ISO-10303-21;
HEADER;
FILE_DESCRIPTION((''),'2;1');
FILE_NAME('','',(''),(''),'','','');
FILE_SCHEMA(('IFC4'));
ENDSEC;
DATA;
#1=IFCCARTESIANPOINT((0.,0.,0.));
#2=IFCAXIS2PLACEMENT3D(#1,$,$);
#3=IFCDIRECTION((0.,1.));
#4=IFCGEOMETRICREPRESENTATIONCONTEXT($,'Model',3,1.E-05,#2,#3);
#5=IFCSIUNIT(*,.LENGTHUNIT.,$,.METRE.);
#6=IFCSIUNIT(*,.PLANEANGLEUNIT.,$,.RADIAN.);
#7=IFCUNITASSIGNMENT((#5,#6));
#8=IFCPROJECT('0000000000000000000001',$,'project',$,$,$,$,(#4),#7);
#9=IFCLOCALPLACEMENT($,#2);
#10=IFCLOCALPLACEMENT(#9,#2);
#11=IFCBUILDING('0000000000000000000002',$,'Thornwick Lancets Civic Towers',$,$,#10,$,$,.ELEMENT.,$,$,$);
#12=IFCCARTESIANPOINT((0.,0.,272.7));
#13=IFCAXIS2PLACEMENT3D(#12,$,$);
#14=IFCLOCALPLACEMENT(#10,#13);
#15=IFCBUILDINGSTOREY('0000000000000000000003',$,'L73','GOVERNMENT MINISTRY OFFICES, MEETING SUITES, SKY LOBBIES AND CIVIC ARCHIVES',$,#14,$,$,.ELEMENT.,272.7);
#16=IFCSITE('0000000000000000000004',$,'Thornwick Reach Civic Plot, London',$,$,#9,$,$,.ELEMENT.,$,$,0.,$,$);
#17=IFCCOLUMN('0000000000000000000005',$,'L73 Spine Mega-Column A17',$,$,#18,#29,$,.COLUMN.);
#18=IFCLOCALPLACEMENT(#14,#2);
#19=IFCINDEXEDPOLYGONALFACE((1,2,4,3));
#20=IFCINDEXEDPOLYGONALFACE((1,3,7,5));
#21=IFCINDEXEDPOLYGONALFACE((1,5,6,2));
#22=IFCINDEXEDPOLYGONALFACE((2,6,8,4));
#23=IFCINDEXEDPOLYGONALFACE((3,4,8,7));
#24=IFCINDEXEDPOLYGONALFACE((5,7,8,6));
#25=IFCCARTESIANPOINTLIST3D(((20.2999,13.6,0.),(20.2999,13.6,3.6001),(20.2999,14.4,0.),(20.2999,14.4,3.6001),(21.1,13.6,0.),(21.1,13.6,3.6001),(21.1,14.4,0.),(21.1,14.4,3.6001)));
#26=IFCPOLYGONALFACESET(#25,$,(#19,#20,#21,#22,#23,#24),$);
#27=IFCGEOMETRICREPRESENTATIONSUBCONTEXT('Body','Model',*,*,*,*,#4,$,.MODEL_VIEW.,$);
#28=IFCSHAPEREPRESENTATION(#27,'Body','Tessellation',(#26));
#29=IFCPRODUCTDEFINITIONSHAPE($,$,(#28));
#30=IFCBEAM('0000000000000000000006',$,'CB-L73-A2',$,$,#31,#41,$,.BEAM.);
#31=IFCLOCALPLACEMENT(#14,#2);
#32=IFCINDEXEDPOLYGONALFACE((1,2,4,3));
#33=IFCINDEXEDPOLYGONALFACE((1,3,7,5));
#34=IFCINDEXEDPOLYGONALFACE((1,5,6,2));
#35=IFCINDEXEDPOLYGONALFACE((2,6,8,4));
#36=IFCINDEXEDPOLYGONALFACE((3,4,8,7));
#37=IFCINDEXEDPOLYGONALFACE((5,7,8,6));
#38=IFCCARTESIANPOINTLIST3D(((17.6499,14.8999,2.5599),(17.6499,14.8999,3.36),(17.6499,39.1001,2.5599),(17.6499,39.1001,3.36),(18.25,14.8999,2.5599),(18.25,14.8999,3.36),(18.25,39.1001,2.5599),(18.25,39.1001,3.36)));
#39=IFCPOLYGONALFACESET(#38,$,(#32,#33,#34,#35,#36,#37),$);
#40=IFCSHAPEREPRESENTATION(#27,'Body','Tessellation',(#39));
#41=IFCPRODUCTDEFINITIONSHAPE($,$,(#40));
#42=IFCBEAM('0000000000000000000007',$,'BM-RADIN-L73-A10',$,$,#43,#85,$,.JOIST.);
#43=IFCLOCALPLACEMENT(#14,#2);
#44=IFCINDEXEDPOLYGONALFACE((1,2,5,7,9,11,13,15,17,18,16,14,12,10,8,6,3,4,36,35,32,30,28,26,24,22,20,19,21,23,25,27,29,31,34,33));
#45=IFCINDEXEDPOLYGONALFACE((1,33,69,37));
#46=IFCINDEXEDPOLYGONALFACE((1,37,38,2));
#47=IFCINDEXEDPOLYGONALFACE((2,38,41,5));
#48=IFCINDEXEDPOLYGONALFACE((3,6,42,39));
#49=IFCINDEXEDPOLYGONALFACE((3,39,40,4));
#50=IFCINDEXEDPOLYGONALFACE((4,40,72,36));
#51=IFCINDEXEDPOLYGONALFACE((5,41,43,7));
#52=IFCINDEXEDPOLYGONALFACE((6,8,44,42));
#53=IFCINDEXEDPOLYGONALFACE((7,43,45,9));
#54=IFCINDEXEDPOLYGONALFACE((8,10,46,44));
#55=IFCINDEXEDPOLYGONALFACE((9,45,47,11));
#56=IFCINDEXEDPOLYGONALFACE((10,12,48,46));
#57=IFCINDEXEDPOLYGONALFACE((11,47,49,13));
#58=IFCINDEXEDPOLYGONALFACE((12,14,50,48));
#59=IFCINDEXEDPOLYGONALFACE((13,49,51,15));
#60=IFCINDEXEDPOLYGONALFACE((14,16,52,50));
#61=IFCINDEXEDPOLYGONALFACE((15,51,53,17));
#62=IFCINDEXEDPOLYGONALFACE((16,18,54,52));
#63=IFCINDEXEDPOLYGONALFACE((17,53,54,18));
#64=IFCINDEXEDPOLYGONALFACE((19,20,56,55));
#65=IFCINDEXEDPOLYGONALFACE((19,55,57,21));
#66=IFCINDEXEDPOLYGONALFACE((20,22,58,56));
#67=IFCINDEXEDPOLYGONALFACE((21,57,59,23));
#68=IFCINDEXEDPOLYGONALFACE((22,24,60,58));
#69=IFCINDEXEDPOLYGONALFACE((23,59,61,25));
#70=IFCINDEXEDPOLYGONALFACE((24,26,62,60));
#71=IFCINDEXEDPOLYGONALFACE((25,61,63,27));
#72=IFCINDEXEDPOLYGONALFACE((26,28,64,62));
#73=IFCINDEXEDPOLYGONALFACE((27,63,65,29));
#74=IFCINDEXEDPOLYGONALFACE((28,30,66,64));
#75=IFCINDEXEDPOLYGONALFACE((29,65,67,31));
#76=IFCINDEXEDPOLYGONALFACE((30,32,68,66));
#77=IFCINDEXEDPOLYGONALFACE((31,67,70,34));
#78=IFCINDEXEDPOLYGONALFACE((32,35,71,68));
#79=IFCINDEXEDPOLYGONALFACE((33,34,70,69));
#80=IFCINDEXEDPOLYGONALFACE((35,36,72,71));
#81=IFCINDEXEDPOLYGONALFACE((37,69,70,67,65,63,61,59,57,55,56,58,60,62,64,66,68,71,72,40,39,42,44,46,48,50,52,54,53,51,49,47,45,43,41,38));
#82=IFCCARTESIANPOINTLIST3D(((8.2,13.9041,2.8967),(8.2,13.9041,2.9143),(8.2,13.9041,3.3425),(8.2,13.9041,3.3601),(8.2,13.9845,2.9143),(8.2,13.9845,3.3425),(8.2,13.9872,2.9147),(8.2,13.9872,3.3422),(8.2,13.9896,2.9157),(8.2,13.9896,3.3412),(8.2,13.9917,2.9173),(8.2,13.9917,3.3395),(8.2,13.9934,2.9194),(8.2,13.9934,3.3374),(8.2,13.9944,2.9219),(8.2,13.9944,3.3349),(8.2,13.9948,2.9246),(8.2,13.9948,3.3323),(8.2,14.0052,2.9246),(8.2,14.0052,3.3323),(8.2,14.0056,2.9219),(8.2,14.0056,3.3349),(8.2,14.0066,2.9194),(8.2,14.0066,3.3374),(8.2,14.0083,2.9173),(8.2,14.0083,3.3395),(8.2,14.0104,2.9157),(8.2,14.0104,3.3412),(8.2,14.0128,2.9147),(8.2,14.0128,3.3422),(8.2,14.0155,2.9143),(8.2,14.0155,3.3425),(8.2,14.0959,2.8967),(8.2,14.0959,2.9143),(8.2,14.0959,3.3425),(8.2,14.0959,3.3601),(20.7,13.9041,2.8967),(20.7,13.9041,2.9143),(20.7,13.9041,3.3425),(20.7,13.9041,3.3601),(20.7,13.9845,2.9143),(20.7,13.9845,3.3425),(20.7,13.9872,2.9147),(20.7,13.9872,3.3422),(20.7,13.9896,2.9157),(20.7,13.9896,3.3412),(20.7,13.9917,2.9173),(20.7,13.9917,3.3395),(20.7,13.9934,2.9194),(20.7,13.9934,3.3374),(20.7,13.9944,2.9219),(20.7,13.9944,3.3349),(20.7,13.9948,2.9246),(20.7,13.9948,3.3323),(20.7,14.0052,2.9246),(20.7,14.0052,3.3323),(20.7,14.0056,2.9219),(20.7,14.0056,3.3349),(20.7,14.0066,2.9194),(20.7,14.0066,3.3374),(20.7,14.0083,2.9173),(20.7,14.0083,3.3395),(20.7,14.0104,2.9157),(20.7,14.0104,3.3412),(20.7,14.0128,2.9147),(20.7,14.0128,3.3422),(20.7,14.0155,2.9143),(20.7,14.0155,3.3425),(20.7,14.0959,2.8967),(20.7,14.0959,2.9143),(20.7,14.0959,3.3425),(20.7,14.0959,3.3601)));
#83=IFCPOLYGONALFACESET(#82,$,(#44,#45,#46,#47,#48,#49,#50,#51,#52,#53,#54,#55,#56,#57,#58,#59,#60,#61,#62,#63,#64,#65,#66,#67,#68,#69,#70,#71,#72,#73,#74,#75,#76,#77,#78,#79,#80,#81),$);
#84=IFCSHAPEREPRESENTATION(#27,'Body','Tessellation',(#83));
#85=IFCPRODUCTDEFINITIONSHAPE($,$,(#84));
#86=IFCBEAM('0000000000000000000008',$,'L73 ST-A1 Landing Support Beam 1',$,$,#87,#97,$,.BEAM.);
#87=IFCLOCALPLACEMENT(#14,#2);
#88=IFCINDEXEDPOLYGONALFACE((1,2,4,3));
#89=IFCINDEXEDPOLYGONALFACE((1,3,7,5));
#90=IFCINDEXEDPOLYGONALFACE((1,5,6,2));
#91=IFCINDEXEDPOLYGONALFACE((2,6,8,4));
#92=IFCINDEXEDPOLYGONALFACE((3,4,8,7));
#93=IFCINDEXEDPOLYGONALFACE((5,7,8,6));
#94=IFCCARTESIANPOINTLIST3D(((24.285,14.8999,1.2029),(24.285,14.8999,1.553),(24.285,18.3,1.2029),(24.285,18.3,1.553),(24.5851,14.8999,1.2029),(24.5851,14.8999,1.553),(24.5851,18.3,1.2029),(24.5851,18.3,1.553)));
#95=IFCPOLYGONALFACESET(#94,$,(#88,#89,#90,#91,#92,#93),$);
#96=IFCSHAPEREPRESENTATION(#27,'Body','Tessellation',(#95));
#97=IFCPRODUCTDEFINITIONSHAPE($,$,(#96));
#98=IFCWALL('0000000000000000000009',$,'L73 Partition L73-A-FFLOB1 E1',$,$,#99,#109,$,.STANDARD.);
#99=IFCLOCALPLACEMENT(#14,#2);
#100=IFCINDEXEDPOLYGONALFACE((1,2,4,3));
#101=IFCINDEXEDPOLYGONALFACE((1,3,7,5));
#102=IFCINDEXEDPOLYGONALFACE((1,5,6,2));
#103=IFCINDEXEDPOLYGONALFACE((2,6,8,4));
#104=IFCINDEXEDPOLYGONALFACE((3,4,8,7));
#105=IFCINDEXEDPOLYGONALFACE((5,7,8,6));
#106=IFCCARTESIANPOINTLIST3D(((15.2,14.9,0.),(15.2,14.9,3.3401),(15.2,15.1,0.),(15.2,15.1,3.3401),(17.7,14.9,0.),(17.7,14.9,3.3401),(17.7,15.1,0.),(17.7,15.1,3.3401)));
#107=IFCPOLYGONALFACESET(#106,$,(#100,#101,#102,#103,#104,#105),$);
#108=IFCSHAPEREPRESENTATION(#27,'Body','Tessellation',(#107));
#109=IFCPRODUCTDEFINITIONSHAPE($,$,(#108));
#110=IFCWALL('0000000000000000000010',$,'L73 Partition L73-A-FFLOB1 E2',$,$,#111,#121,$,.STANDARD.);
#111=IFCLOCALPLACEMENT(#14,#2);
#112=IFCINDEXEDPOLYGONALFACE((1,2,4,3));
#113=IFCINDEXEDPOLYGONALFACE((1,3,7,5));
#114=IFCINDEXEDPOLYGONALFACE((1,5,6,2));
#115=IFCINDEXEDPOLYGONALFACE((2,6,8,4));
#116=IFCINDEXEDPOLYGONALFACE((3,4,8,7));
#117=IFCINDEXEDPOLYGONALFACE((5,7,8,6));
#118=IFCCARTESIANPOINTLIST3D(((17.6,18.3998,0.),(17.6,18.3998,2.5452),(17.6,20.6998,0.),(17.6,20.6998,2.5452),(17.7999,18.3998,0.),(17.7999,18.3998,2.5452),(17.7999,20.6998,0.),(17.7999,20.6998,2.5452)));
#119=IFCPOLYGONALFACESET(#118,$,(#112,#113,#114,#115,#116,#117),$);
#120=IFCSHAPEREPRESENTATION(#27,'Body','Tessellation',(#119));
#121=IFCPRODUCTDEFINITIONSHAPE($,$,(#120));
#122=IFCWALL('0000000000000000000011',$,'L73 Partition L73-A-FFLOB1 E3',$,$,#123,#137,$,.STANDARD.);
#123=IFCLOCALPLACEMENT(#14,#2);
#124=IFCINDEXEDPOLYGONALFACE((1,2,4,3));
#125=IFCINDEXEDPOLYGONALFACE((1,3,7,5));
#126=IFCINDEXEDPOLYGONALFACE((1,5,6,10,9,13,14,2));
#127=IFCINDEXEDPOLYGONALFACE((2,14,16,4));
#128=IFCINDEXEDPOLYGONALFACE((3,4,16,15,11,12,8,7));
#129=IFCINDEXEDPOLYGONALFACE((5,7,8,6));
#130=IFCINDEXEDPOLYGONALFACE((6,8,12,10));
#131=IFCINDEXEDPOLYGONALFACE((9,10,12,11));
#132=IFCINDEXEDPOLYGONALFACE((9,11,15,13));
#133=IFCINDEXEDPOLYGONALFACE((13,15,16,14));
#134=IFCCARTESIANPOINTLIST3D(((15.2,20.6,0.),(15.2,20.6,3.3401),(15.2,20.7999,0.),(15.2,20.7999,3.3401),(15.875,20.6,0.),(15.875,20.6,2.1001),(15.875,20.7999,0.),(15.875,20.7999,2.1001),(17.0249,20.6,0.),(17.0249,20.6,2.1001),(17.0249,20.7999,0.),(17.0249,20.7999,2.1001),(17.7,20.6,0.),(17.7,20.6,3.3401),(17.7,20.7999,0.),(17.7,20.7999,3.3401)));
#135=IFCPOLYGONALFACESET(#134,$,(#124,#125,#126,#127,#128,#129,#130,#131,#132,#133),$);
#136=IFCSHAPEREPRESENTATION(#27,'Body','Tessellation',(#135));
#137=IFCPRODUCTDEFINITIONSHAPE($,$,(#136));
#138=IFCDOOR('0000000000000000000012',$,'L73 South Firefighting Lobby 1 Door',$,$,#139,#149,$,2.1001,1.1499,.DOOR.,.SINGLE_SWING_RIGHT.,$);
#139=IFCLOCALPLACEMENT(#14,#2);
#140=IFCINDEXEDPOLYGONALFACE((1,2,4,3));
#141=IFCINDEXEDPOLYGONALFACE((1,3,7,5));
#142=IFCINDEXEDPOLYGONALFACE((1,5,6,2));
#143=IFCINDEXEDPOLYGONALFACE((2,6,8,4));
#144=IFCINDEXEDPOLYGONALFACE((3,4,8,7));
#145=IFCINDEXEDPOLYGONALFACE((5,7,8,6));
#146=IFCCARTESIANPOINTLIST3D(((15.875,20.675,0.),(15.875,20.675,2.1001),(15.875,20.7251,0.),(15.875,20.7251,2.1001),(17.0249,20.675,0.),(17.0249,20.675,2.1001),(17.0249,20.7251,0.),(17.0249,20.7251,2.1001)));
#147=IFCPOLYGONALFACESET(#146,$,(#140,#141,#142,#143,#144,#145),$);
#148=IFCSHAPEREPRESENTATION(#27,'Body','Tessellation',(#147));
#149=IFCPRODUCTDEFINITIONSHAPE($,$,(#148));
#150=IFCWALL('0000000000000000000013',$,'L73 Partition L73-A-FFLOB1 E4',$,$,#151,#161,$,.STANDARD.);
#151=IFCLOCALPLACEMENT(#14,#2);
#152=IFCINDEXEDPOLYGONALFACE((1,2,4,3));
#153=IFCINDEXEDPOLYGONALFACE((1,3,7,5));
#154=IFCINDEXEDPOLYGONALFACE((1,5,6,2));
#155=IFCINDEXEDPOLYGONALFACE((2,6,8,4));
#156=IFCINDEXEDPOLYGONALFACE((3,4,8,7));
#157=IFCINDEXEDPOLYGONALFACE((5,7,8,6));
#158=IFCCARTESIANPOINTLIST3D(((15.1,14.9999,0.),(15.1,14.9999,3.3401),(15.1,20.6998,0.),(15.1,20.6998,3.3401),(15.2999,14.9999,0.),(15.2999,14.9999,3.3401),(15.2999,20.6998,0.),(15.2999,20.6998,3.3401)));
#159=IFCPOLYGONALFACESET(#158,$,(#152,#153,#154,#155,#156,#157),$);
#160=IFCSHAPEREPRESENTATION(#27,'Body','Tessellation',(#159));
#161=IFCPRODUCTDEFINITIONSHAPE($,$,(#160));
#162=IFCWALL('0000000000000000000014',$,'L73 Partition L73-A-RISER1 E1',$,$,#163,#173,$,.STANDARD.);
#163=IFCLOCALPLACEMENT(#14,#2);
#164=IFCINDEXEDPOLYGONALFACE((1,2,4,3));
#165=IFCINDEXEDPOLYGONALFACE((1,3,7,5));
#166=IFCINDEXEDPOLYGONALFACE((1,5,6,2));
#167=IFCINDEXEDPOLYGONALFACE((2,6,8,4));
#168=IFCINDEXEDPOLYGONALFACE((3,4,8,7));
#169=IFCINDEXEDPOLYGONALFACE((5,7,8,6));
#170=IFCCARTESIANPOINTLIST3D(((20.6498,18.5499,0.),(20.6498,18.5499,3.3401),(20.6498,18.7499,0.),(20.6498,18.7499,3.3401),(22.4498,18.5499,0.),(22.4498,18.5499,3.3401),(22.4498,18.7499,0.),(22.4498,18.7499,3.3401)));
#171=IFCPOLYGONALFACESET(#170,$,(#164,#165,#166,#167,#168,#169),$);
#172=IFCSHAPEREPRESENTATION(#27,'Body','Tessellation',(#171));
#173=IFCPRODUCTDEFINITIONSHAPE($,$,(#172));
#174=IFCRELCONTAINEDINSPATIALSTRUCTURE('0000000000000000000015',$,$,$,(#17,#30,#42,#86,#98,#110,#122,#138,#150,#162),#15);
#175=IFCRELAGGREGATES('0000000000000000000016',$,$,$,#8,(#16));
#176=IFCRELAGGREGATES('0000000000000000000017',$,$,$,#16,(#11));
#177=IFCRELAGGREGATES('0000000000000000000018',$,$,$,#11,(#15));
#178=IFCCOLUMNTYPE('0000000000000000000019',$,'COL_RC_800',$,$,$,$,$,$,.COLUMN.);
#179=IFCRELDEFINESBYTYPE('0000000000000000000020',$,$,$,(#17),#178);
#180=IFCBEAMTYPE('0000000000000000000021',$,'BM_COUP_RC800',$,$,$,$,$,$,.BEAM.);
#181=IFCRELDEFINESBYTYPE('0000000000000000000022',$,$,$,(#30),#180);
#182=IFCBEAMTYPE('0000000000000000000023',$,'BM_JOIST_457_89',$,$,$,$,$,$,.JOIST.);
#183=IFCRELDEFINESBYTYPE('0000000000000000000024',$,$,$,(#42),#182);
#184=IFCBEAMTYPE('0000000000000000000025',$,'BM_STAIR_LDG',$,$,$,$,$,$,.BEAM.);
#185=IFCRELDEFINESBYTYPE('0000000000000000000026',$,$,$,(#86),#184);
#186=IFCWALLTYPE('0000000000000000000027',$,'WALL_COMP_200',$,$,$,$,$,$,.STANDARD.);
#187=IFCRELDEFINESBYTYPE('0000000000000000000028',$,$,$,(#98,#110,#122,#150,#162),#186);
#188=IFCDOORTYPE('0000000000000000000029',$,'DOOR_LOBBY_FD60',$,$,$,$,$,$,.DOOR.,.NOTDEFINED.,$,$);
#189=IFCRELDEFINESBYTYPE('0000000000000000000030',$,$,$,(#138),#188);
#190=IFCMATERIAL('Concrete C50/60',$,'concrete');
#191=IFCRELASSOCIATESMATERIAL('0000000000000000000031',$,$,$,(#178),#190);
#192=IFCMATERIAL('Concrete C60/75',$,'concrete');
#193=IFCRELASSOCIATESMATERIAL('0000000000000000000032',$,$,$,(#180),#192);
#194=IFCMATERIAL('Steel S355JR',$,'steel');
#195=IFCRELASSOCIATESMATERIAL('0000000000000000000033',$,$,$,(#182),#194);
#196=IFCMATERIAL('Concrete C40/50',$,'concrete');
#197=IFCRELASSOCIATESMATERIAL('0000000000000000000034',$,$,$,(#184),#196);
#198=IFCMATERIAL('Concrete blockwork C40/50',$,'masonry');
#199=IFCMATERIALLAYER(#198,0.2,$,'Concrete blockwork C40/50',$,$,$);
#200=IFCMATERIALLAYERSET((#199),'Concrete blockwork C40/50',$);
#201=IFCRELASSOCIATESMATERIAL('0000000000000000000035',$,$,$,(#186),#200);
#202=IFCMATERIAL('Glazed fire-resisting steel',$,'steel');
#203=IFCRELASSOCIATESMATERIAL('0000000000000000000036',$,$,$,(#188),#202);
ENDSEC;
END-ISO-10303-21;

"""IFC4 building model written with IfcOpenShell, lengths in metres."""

from ifc_helpers import new_model, si_unit, direction, frame, frame_2d, origin, origin_2d, place, context, subcontext, project, spatial, rectangle, i_section, extrude, material, layer, layer_set, material_profile, profile_set, type_object, element, fill, save


model = new_model("IFC4")

# Units and contexts
model_context = context("Model", 3, precision=1e-05, world=origin(), true_north=direction((0.0, 1.0)))
body_context = subcontext(model_context, "Body", "Model", "MODEL_VIEW")
ifc_project = project(units=[si_unit("LENGTHUNIT", "METRE"), si_unit("PLANEANGLEUNIT", "RADIAN")], contexts=[model_context])

# Site, building, storey
site_placement = place(None, origin())
site = spatial("IfcSite", under=ifc_project, at=site_placement, Name="Thornwick Reach Civic Plot, London", CompositionType="ELEMENT", RefElevation=0.0)
building_placement = place(site_placement, origin())
building = spatial("IfcBuilding", under=site, at=building_placement, Name="Thornwick Lancets Civic Towers", CompositionType="ELEMENT")
storey_placement = place(building_placement, frame((0.0, 0.0, 272.7)))
storey = spatial("IfcBuildingStorey", under=building, at=storey_placement, Name="L73", Description="GOVERNMENT MINISTRY OFFICES, MEETING SUITES, SKY LOBBIES AND CIVIC ARCHIVES", CompositionType="ELEMENT", Elevation=272.7)

# Column
ifc_material_1 = material(Name="Concrete C50/60", Category="concrete")
ifc_material_profile_1 = material_profile(ifc_material_1, rectangle(XDim=0.8, YDim=0.8, at=origin_2d()), Name="RC 800x800")
ifc_profile_set_1 = profile_set([ifc_material_profile_1], Name="Concrete C50/60")
column_type = type_object("IfcColumnType", Name="COL_RC_800", PredefinedType="COLUMN", material=ifc_profile_set_1)
column_placement = place(storey_placement, frame((20.7, 14.0, 0.0), z_axis=(0.0, 0.0, 1.0), x_axis=(1.0, 0.0, 0.0)))
element("IfcColumn", 1, at=column_placement, inside=storey, type_object=column_type, Name="L73 Spine Mega-Column A17", PredefinedType="COLUMN", context=body_context, shape_type="SweptSolid", body=[
    extrude(rectangle(XDim=0.8, YDim=0.8, at=origin_2d()), origin(), (0.0, 0.0, 1.0), 3.6001),
])

# Beams
ifc_material_2 = material(Name="Concrete C60/75", Category="concrete")
ifc_material_profile_2 = material_profile(ifc_material_2, rectangle(XDim=0.6001, YDim=0.8, at=origin_2d()), Name="RC 600x800")
ifc_profile_set_2 = profile_set([ifc_material_profile_2], Name="Concrete C60/75")
beam_type_1 = type_object("IfcBeamType", Name="BM_COUP_RC800", PredefinedType="BEAM", material=ifc_profile_set_2)
beam_1_placement = place(storey_placement, frame((17.95, 14.8999, 2.96), z_axis=(0.0, 1.0, 0.0), x_axis=(-1.0, 0.0, 0.0)))
element("IfcBeam", 2, at=beam_1_placement, inside=storey, type_object=beam_type_1, Name="CB-L73-A2", PredefinedType="BEAM", context=body_context, shape_type="SweptSolid", body=[
    extrude(rectangle(XDim=0.6001, YDim=0.8, at=origin_2d()), origin(), (0.0, 0.0, 1.0), 24.2002),
])
ifc_material_3 = material(Name="Steel S355JR", Category="steel")
ifc_material_profile_3 = material_profile(ifc_material_3, i_section(OverallWidth=0.1919, OverallDepth=0.4634, WebThickness=0.0105, FlangeThickness=0.0176, FilletRadius=0.0103, at=origin_2d()), Name="UKB 457x191x89")
ifc_profile_set_3 = profile_set([ifc_material_profile_3], Name="Steel S355JR")
beam_type_2 = type_object("IfcBeamType", Name="BM_JOIST_457_89", PredefinedType="JOIST", material=ifc_profile_set_3)
beam_2_placement = place(storey_placement, frame((20.7, 14.0, 3.1284), z_axis=(-1.0, 0.0, 0.0), x_axis=(0.0, -1.0, 0.0)))
element("IfcBeam", 3, at=beam_2_placement, inside=storey, type_object=beam_type_2, Name="BM-RADIN-L73-A10", PredefinedType="JOIST", context=body_context, shape_type="SweptSolid", body=[
    extrude(i_section(OverallWidth=0.1919, OverallDepth=0.4634, WebThickness=0.0105, FlangeThickness=0.0176, FilletRadius=0.0103, at=origin_2d()), origin(), (0.0, 0.0, 1.0), 12.5),
])
ifc_material_4 = material(Name="Concrete C40/50", Category="concrete")
ifc_material_profile_4 = material_profile(ifc_material_4, rectangle(XDim=0.3, YDim=0.3501, at=origin_2d()), Name="RC 300x350")
ifc_profile_set_4 = profile_set([ifc_material_profile_4], Name="Concrete C40/50")
beam_type_3 = type_object("IfcBeamType", Name="BM_STAIR_LDG", PredefinedType="BEAM", material=ifc_profile_set_4)
beam_3_placement = place(storey_placement, frame((24.4351, 14.8999, 1.3779), z_axis=(0.0, 1.0, 0.0), x_axis=(-1.0, 0.0, 0.0)))
element("IfcBeam", 4, at=beam_3_placement, inside=storey, type_object=beam_type_3, Name="L73 ST-A1 Landing Support Beam 1", PredefinedType="BEAM", context=body_context, shape_type="SweptSolid", body=[
    extrude(rectangle(XDim=0.3, YDim=0.3501, at=origin_2d()), origin(), (0.0, 0.0, 1.0), 3.4001),
])

# Walls
ifc_material_5 = material(Name="Concrete blockwork C40/50", Category="masonry")
ifc_layer_1 = layer(ifc_material_5, 0.2, Name="Concrete blockwork C40/50")
ifc_layer_set_1 = layer_set([ifc_layer_1], Name="Concrete blockwork C40/50")
wall_type_1 = type_object("IfcWallType", Name="WALL_COMP_200", PredefinedType="STANDARD", material=ifc_layer_set_1)
wall_1_placement = place(storey_placement, frame((15.2, 15.0, 0.0), z_axis=(0.0, 0.0, 1.0), x_axis=(1.0, 0.0, 0.0)))
element("IfcWall", 5, at=wall_1_placement, inside=storey, type_object=wall_type_1, Name="L73 Partition L73-A-FFLOB1 E1", PredefinedType="STANDARD", context=body_context, shape_type="SweptSolid", body=[
    extrude(rectangle(XDim=2.5, YDim=0.2, at=frame_2d((1.25, 0.0))), origin(), (0.0, 0.0, 1.0), 3.3401),
])
wall_2_placement = place(storey_placement, frame((17.7, 18.3999, 0.0), z_axis=(0.0, 0.0, 1.0), x_axis=(0.0, 1.0, 0.0)))
element("IfcWall", 6, at=wall_2_placement, inside=storey, type_object=wall_type_1, Name="L73 Partition L73-A-FFLOB1 E2", PredefinedType="STANDARD", context=body_context, shape_type="SweptSolid", body=[
    extrude(rectangle(XDim=2.3, YDim=0.2, at=frame_2d((1.1499, 0.0))), origin(), (0.0, 0.0, 1.0), 2.5452),
])

# Wall, opening, door
wall_3_placement = place(storey_placement, frame((17.7, 20.7, 0.0), z_axis=(0.0, 0.0, 1.0), x_axis=(-1.0, 0.0, 0.0)))
wall_3 = element("IfcWall", 7, at=wall_3_placement, inside=storey, type_object=wall_type_1, Name="L73 Partition L73-A-FFLOB1 E3", PredefinedType="STANDARD", context=body_context, shape_type="SweptSolid", body=[
    extrude(rectangle(XDim=2.5, YDim=0.2, at=frame_2d((1.25, 0.0))), origin(), (0.0, 0.0, 1.0), 3.3401),
])
opening_1_placement = place(wall_3_placement, frame((0.675, 0.0, 0.0)))
opening_1 = element("IfcOpeningElement", 8, at=opening_1_placement, cuts=wall_3, PredefinedType="OPENING", context=body_context, shape_type="SweptSolid", body=[
    extrude(rectangle(XDim=1.1499, YDim=2.1001, at=frame_2d((0.575, 1.05))), frame((0.0, 0.1099, 0.0), z_axis=(0.0, -1.0, 0.0), x_axis=(1.0, 0.0, 0.0)), (0.0, 0.0, 1.0), 0.22),
])
ifc_material_6 = material(Name="Glazed fire-resisting steel", Category="steel")
door_type_1 = type_object("IfcDoorType", Name="DOOR_LOBBY_FD60", OperationType="NOTDEFINED", PredefinedType="DOOR", material=ifc_material_6)
door_1_placement = place(opening_1_placement, origin())
door_1 = element("IfcDoor", 9, at=door_1_placement, inside=storey, type_object=door_type_1, Name="L73 South Firefighting Lobby 1 Door", OperationType="SINGLE_SWING_RIGHT", OverallHeight=2.1001, OverallWidth=1.1499, PredefinedType="DOOR", context=body_context, shape_type="SweptSolid", body=[
    extrude(rectangle(XDim=1.1499, YDim=2.1001, at=frame_2d((0.575, 1.05))), frame((0.0, 0.0249, 0.0), z_axis=(0.0, -1.0, 0.0), x_axis=(1.0, 0.0, 0.0)), (0.0, 0.0, 1.0), 0.05),
])
fill(opening_1, door_1)

# Walls
wall_4_placement = place(storey_placement, frame((15.2, 20.7, 0.0), z_axis=(0.0, 0.0, 1.0), x_axis=(0.0, -1.0, 0.0)))
element("IfcWall", 10, at=wall_4_placement, inside=storey, type_object=wall_type_1, Name="L73 Partition L73-A-FFLOB1 E4", PredefinedType="STANDARD", context=body_context, shape_type="SweptSolid", body=[
    extrude(rectangle(XDim=5.7, YDim=0.2, at=frame_2d((2.8501, 0.0))), origin(), (0.0, 0.0, 1.0), 3.3401),
])
wall_5_placement = place(storey_placement, frame((20.6499, 18.6499, 0.0), z_axis=(0.0, 0.0, 1.0), x_axis=(1.0, 0.0, 0.0)))
element("IfcWall", 11, at=wall_5_placement, inside=storey, type_object=wall_type_1, Name="L73 Partition L73-A-RISER1 E1", PredefinedType="STANDARD", context=body_context, shape_type="SweptSolid", body=[
    extrude(rectangle(XDim=1.8, YDim=0.2, at=frame_2d((0.8999, 0.0))), origin(), (0.0, 0.0, 1.0), 3.3401),
])

save(model, "model.ifc")
